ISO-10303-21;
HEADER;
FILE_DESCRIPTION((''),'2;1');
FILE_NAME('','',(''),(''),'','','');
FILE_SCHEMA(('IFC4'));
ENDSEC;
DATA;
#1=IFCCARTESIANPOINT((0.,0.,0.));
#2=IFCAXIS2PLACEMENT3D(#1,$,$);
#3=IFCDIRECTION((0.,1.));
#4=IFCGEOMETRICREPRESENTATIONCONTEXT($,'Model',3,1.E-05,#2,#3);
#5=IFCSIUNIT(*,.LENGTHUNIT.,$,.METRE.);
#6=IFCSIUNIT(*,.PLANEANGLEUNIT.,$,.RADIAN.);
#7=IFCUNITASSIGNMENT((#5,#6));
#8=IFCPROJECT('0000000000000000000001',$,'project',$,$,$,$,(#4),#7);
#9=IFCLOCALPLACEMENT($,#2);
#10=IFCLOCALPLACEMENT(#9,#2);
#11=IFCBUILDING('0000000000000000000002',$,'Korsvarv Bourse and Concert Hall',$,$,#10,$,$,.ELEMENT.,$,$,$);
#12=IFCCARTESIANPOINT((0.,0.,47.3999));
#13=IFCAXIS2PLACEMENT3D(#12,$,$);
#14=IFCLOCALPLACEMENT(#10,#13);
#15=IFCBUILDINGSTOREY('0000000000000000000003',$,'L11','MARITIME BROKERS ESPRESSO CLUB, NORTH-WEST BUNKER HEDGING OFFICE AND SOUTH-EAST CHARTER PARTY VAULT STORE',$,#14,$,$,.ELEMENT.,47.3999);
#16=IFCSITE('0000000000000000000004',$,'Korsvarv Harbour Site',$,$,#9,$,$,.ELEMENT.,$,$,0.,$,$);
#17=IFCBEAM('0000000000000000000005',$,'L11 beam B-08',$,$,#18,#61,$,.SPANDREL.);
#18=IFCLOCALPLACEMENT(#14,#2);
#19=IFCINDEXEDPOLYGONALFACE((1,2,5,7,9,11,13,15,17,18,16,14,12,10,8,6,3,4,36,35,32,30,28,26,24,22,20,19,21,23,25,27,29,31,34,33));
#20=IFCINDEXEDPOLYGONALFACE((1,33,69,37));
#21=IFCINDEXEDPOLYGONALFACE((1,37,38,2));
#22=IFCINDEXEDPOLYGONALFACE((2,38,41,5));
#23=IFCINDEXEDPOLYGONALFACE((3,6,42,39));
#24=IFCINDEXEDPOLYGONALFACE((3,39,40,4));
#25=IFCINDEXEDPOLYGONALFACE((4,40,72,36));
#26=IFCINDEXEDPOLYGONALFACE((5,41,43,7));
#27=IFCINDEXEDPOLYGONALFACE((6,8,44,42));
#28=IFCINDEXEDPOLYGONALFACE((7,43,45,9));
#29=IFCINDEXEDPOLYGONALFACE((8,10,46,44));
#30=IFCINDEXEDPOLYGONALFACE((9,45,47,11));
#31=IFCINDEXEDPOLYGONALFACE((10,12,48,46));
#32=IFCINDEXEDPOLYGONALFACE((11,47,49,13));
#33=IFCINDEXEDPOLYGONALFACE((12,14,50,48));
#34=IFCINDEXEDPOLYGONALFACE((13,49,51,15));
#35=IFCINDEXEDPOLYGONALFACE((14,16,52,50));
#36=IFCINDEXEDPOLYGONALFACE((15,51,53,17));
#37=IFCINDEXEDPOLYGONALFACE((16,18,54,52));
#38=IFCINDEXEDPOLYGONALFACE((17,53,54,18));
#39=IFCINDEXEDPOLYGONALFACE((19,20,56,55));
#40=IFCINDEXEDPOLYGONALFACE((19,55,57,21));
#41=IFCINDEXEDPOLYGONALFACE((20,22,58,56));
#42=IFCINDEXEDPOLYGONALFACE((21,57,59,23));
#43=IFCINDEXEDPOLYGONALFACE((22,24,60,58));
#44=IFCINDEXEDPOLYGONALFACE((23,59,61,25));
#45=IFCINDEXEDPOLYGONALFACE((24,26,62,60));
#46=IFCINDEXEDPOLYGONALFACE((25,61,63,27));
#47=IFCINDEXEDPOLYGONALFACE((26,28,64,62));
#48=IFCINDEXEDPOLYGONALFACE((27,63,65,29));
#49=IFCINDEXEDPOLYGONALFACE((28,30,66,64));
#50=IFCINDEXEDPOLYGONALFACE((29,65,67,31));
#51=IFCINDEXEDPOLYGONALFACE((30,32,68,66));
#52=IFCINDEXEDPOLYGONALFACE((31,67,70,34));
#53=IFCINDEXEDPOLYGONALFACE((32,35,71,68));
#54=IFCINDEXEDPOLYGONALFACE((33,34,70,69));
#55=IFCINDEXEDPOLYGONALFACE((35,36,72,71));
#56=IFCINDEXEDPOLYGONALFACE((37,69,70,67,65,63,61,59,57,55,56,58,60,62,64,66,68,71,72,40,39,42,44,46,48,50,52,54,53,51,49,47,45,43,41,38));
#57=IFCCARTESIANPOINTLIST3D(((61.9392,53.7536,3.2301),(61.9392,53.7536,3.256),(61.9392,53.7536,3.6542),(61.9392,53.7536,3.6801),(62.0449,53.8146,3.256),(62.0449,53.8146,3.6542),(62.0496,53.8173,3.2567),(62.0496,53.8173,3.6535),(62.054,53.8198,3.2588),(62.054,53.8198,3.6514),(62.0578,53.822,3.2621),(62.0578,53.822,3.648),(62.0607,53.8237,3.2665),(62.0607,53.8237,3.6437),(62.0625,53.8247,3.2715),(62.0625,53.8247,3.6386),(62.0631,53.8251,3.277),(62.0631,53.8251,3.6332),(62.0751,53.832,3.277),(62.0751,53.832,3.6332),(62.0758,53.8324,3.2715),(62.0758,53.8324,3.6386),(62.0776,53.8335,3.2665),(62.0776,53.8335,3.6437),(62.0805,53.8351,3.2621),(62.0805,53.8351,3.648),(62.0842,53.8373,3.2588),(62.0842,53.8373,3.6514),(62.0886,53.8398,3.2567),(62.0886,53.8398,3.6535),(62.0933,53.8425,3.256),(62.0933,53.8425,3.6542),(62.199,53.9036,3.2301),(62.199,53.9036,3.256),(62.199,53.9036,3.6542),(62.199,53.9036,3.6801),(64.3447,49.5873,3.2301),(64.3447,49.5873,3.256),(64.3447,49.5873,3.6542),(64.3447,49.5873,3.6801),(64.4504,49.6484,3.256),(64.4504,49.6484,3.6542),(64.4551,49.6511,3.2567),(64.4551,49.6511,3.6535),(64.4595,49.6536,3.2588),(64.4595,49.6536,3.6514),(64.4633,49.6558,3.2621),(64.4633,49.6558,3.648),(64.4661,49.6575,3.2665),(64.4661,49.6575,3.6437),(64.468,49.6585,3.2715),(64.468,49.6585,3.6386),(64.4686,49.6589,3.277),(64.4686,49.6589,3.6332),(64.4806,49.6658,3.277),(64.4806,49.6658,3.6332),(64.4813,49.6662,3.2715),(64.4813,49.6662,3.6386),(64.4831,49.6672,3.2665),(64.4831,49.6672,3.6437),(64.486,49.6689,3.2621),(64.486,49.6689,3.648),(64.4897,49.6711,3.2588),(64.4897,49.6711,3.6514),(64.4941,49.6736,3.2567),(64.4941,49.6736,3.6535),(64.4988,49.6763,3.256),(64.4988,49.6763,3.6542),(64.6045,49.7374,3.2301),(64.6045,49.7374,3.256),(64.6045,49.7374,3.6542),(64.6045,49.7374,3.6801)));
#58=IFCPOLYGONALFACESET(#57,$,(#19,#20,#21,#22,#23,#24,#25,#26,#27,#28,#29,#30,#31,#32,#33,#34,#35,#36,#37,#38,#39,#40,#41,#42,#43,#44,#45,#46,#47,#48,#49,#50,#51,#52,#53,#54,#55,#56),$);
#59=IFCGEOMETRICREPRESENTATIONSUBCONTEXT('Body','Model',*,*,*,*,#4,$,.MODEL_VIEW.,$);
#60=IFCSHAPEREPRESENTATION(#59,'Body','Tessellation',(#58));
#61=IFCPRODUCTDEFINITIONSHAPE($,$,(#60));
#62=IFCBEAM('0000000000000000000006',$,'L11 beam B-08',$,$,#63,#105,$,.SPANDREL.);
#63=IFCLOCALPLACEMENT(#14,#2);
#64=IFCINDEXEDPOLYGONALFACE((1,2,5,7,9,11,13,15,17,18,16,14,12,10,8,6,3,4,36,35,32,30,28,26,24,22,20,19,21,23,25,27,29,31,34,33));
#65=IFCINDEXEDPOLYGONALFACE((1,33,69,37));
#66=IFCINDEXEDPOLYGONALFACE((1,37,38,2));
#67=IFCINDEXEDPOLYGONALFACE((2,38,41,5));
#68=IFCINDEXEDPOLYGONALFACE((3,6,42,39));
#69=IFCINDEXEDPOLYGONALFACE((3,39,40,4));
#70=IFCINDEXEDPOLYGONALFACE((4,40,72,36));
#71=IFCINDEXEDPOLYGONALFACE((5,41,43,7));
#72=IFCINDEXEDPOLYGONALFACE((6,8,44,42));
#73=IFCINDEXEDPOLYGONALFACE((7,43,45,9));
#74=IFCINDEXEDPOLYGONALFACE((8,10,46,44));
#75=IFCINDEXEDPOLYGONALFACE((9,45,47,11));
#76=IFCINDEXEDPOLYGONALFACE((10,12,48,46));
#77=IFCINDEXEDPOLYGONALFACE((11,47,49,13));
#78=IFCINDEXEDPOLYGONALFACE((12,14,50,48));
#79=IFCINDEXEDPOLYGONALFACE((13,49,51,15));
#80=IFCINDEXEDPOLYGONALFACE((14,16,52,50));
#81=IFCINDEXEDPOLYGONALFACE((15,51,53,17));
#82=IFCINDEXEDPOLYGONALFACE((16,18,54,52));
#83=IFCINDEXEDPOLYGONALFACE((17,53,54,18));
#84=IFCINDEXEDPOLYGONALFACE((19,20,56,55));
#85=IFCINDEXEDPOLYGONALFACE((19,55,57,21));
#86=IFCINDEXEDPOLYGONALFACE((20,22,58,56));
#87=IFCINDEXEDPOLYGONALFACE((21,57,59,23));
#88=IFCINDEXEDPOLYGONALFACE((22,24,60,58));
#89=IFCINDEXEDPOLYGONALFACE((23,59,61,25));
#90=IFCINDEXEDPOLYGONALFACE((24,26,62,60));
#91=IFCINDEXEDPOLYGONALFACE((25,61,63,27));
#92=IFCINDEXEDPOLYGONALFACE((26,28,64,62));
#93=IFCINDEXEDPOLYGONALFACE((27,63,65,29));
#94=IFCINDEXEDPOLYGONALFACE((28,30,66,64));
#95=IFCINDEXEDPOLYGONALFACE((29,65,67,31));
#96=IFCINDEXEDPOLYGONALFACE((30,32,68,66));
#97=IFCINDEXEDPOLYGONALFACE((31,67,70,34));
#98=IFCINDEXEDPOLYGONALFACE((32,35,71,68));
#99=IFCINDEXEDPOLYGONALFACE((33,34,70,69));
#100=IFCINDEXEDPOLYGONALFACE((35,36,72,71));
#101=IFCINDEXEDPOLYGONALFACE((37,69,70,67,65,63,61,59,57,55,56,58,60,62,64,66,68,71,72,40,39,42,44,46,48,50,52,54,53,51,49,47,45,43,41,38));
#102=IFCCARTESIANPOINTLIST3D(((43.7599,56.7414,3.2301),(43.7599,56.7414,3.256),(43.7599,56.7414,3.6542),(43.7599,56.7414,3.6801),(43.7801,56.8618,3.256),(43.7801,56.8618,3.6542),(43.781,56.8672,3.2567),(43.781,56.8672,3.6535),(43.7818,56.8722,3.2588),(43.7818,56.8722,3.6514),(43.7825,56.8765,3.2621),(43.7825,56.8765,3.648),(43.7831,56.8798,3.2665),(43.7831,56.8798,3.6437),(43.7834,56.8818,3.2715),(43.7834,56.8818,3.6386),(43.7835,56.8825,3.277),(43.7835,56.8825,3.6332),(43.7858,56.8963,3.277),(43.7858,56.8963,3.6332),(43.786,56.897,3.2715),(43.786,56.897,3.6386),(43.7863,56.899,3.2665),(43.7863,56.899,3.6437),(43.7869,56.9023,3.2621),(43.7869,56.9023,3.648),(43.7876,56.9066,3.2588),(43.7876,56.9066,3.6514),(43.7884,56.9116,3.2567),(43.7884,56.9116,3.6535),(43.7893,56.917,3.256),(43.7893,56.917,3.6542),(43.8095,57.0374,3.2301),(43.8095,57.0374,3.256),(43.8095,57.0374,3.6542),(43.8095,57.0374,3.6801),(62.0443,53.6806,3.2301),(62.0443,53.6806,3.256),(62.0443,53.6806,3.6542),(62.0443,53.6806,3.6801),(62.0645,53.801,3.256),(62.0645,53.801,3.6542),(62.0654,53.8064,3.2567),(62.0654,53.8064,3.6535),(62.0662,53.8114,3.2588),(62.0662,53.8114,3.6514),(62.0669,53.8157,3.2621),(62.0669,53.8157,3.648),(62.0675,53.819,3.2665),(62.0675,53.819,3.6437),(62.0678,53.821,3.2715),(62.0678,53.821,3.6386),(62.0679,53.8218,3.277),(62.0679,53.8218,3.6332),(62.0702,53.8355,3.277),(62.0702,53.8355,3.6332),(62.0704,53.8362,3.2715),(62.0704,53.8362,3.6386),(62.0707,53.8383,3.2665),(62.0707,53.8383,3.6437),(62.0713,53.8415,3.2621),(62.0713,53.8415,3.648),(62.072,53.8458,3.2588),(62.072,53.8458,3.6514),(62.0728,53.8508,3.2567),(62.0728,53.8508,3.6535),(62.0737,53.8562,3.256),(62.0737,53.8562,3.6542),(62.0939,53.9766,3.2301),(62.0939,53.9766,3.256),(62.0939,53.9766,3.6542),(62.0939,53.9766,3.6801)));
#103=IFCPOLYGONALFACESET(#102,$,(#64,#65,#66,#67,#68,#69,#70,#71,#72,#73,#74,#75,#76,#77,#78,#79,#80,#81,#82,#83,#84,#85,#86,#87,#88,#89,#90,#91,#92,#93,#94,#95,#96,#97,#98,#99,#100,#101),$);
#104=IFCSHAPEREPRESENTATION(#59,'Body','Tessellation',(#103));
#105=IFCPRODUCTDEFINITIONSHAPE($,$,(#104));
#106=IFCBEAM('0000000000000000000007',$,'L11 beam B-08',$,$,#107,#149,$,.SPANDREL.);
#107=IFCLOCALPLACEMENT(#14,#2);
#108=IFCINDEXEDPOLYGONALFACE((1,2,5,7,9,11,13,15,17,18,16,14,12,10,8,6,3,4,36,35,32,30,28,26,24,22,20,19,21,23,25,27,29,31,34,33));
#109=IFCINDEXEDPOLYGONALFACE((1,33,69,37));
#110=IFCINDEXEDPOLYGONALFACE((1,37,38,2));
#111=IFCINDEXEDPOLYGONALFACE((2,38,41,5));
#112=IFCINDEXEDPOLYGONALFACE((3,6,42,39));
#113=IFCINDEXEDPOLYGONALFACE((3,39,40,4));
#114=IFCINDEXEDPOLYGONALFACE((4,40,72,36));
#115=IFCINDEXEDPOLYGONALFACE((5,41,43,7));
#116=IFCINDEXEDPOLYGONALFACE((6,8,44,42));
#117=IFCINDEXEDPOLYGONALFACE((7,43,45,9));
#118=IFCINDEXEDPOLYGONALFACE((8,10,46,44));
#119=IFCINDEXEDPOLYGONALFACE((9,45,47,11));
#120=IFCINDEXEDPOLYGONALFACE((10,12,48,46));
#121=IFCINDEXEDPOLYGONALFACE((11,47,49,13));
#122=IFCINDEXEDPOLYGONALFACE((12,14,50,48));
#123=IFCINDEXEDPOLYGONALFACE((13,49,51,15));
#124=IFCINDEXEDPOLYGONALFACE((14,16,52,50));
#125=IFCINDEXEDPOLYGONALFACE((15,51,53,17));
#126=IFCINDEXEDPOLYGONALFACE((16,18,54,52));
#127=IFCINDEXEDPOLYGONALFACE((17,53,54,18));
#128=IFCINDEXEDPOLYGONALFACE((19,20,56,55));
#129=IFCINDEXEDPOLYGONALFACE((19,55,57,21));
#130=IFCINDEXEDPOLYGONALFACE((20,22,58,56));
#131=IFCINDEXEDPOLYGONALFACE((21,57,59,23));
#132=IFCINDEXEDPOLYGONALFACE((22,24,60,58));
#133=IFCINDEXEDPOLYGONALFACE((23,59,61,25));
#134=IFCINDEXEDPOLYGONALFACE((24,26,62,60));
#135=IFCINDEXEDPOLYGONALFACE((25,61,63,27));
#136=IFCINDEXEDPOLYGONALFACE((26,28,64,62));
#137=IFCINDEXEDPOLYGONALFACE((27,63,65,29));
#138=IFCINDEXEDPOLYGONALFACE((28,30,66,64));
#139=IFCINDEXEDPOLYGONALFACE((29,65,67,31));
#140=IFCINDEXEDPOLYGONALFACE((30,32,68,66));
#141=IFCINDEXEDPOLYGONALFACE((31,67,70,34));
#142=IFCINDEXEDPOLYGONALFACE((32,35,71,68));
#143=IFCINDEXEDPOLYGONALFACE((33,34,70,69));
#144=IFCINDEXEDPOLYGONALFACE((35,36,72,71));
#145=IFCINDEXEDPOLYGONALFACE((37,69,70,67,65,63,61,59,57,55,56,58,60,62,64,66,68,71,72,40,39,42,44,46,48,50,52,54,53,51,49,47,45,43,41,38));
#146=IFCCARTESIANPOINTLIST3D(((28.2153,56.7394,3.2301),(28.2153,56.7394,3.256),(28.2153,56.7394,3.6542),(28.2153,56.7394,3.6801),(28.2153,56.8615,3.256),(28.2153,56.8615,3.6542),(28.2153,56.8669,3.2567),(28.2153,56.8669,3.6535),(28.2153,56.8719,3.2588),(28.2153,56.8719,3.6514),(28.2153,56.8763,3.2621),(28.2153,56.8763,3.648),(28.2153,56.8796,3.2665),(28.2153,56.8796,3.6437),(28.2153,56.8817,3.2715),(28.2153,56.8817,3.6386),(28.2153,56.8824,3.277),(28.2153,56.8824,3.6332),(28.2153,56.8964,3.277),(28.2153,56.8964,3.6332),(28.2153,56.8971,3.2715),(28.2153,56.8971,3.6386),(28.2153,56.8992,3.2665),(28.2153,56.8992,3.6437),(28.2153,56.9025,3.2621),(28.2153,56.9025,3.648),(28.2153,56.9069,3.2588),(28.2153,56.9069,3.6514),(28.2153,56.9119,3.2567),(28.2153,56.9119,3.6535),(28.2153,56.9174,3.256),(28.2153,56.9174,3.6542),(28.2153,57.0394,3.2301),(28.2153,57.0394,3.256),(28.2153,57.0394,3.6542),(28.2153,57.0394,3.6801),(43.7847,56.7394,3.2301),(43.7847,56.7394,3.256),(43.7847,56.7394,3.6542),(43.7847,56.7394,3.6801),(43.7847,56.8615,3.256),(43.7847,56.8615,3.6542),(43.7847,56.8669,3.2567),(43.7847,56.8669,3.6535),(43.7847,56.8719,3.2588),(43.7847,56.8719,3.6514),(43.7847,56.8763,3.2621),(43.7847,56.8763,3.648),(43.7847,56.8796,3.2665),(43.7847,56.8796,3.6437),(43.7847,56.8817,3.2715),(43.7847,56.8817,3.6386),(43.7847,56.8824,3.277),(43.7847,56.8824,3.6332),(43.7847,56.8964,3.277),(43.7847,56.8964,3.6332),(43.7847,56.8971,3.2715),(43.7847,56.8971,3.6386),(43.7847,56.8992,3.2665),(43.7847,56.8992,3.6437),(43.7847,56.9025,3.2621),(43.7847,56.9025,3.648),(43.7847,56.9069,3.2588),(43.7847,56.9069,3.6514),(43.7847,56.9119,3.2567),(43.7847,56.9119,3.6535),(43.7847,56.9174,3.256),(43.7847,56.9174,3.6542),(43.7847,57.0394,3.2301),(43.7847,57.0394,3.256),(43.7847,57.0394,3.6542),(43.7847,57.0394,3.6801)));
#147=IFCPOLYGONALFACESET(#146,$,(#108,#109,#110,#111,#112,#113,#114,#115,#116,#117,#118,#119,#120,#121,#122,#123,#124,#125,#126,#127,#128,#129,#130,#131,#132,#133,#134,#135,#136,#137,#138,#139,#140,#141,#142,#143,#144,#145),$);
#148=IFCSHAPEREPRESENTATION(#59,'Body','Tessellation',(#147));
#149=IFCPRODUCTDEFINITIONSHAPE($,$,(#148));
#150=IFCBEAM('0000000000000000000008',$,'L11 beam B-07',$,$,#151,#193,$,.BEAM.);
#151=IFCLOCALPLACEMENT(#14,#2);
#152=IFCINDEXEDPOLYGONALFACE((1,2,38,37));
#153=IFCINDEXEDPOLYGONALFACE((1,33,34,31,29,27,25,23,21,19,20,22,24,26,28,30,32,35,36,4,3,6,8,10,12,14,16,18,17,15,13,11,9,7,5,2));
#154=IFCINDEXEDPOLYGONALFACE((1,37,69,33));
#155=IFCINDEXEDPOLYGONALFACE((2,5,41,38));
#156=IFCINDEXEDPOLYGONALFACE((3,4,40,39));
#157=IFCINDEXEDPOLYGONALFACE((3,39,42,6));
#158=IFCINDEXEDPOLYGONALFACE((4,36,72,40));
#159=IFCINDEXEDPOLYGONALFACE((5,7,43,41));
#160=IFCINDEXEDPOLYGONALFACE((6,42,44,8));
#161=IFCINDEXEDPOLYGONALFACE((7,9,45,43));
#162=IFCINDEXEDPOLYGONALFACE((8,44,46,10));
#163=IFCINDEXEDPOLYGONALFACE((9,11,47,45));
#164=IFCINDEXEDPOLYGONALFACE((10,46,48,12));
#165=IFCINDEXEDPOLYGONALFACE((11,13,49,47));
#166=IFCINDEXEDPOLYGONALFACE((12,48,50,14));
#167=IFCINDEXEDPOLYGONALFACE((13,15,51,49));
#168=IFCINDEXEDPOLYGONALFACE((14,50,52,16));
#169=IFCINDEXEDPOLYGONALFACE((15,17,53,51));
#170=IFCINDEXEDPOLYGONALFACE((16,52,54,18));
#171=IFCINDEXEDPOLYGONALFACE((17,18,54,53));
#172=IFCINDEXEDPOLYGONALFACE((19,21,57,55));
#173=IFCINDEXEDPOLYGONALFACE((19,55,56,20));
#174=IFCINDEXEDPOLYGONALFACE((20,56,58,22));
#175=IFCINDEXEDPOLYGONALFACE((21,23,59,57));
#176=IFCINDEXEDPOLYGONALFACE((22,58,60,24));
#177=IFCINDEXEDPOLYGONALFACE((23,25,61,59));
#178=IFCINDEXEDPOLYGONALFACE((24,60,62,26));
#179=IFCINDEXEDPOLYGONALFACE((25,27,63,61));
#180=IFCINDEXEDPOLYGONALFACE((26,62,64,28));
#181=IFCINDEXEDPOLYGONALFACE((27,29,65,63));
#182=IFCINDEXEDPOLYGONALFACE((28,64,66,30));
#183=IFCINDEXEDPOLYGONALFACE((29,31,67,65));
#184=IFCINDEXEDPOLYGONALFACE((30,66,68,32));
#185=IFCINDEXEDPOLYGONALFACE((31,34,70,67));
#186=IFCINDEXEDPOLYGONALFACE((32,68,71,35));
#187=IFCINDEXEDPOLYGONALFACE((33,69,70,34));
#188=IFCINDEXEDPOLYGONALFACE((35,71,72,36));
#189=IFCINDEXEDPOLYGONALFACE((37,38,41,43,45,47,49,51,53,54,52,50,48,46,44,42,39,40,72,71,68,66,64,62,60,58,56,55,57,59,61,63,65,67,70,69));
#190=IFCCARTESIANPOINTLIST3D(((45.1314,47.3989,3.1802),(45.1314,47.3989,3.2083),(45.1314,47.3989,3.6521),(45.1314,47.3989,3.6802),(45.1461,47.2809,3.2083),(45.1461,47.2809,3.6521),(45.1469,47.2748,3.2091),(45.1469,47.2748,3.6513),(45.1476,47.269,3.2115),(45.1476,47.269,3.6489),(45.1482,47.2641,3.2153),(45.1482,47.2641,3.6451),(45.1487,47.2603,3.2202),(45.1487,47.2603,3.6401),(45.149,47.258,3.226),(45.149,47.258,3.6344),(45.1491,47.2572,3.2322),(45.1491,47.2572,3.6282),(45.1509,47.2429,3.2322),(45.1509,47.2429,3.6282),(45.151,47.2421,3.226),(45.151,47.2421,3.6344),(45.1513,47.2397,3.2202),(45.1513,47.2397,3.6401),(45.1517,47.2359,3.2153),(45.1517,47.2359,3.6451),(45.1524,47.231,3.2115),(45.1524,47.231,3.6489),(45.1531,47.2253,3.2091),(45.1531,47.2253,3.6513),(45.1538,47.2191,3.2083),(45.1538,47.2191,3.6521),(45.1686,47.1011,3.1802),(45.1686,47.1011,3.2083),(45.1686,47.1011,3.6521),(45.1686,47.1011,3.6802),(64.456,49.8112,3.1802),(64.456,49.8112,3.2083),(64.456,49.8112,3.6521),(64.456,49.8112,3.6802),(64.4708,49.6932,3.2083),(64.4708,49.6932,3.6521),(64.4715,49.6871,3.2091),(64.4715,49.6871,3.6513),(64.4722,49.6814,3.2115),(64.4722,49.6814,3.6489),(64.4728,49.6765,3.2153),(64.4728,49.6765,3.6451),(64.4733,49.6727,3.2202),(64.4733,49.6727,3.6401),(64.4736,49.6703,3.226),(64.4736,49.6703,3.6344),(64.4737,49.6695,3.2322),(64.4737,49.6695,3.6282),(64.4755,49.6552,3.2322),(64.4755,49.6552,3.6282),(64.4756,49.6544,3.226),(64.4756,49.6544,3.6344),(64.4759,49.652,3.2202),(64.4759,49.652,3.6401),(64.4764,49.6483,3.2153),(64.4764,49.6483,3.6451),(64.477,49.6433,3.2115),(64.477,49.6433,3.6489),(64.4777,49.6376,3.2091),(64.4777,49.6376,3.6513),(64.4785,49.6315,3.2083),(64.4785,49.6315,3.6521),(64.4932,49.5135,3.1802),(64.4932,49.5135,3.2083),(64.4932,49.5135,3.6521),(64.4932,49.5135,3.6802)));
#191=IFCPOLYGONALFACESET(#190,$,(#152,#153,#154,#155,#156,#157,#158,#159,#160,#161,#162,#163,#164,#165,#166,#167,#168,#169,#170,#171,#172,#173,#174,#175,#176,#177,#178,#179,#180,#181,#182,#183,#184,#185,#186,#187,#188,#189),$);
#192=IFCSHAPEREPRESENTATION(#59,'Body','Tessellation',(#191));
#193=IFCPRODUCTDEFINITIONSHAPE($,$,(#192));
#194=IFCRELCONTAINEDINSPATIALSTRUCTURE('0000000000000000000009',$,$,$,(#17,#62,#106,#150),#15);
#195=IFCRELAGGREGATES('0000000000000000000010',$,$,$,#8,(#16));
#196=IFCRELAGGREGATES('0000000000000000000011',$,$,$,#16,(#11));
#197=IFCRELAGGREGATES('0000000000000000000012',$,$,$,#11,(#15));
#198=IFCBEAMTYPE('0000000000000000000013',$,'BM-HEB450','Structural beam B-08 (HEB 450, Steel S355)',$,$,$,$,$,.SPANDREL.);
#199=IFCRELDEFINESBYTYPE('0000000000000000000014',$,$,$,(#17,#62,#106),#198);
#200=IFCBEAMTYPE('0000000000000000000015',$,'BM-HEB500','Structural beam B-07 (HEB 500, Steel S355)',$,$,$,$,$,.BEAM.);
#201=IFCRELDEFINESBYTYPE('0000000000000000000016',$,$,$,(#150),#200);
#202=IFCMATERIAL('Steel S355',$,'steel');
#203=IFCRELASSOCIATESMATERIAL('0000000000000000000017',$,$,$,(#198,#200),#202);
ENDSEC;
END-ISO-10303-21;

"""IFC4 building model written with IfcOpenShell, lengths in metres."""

from ifc_helpers import new_model, si_unit, direction, frame, origin, origin_2d, place, context, subcontext, project, spatial, i_section, extrude, source, transform, mapped, material, material_profile, profile_set, type_object, element, save


model = new_model("IFC4")

# Units and contexts
model_context = context("Model", 3, precision=1e-05, world=origin(), true_north=direction((0.0, 1.0)))
body_context = subcontext(model_context, "Body", "Model", "MODEL_VIEW")
ifc_project = project(units=[si_unit("LENGTHUNIT", "METRE"), si_unit("PLANEANGLEUNIT", "RADIAN")], contexts=[model_context])

# Site, building, storey
site_placement = place(None, origin())
site = spatial("IfcSite", under=ifc_project, at=site_placement, Name="Korsvarv Harbour Site", CompositionType="ELEMENT", RefElevation=0.0)
building_placement = place(site_placement, origin())
building = spatial("IfcBuilding", under=site, at=building_placement, Name="Korsvarv Bourse and Concert Hall", CompositionType="ELEMENT")
storey_placement = place(building_placement, frame((0.0, 0.0, 47.3999)))
storey = spatial("IfcBuildingStorey", under=building, at=storey_placement, Name="L11", Description="MARITIME BROKERS ESPRESSO CLUB, NORTH-WEST BUNKER HEDGING OFFICE AND SOUTH-EAST CHARTER PARTY VAULT STORE", CompositionType="ELEMENT", Elevation=47.3999)

# Beams
ifc_material_1 = material(Name="Steel S355", Category="steel")
ifc_material_profile_1 = material_profile(ifc_material_1, i_section(OverallWidth=0.3, OverallDepth=0.45, WebThickness=0.0139, FlangeThickness=0.0259, FilletRadius=0.021, at=origin_2d()), Name="HEB 450")
ifc_profile_set_1 = profile_set([ifc_material_profile_1], Name="Steel S355")
beam_type_1 = type_object("IfcBeamType", Name="BM-HEB450", Description="Structural beam B-08 (HEB 450, Steel S355)", PredefinedType="SPANDREL", material=ifc_profile_set_1)
shared_shape_1 = source(origin(), body_context, "Body", "SweptSolid", [
    extrude(i_section(OverallWidth=0.3, OverallDepth=0.45, WebThickness=0.0139, FlangeThickness=0.0259, FilletRadius=0.021, at=origin_2d()), origin(), (0.0, 0.0, 1.0), 4.8108),
])
beam_1_placement = place(storey_placement, frame((64.4746, 49.6624, 3.4551), z_axis=(-0.50002, 0.866014, 0.0), x_axis=(-0.866014, -0.50002, 0.0)))
element("IfcBeam", 1, at=beam_1_placement, inside=storey, type_object=beam_type_1, Name="L11 beam B-08", PredefinedType="SPANDREL", context=body_context, shape_type="MappedRepresentation", body=[
    mapped(shared_shape_1, transform((0.0, 0.0, 0.0), scale=1.0)),
])
shared_shape_2 = source(origin(), body_context, "Body", "SweptSolid", [
    extrude(i_section(OverallWidth=0.3, OverallDepth=0.45, WebThickness=0.0139, FlangeThickness=0.0259, FilletRadius=0.021, at=origin_2d()), origin(), (0.0, 0.0, 1.0), 18.5388),
])
beam_2_placement = place(storey_placement, frame((62.0691, 53.8286, 3.4551), z_axis=(-0.986277, 0.165102, 0.0), x_axis=(-0.165102, -0.986277, 0.0)))
element("IfcBeam", 2, at=beam_2_placement, inside=storey, type_object=beam_type_1, Name="L11 beam B-08", PredefinedType="SPANDREL", context=body_context, shape_type="MappedRepresentation", body=[
    mapped(shared_shape_2, transform((0.0, 0.0, 0.0), scale=1.0)),
])
shared_shape_3 = source(origin(), body_context, "Body", "SweptSolid", [
    extrude(i_section(OverallWidth=0.3, OverallDepth=0.45, WebThickness=0.0139, FlangeThickness=0.0259, FilletRadius=0.021, at=origin_2d()), origin(), (0.0, 0.0, 1.0), 15.5693),
])
beam_3_placement = place(storey_placement, frame((43.7847, 56.8894, 3.4551), z_axis=(-1.0, 0.0, 0.0), x_axis=(0.0, -1.0, 0.0)))
element("IfcBeam", 3, at=beam_3_placement, inside=storey, type_object=beam_type_1, Name="L11 beam B-08", PredefinedType="SPANDREL", context=body_context, shape_type="MappedRepresentation", body=[
    mapped(shared_shape_3, transform((0.0, 0.0, 0.0), scale=1.0)),
])
ifc_material_profile_2 = material_profile(ifc_material_1, i_section(OverallWidth=0.3, OverallDepth=0.5, WebThickness=0.0144, FlangeThickness=0.0281, FilletRadius=0.0239, at=origin_2d()), Name="HEB 500")
ifc_profile_set_2 = profile_set([ifc_material_profile_2], Name="Steel S355")
beam_type_2 = type_object("IfcBeamType", Name="BM-HEB500", Description="Structural beam B-07 (HEB 500, Steel S355)", PredefinedType="BEAM", material=ifc_profile_set_2)
shared_shape_4 = source(origin(), body_context, "Body", "SweptSolid", [
    extrude(i_section(OverallWidth=0.3, OverallDepth=0.5, WebThickness=0.0144, FlangeThickness=0.0281, FilletRadius=0.0239, at=origin_2d()), origin(), (0.0, 0.0, 1.0), 19.4746),
])
beam_4_placement = place(storey_placement, frame((64.4746, 49.6624, 3.4302), z_axis=(-0.992298, -0.123871, 0.0), x_axis=(0.123871, -0.992298, 0.0)))
element("IfcBeam", 4, at=beam_4_placement, inside=storey, type_object=beam_type_2, Name="L11 beam B-07", PredefinedType="BEAM", context=body_context, shape_type="MappedRepresentation", body=[
    mapped(shared_shape_4, transform((0.0, 0.0, 0.0), scale=1.0)),
])

save(model, "model.ifc")
